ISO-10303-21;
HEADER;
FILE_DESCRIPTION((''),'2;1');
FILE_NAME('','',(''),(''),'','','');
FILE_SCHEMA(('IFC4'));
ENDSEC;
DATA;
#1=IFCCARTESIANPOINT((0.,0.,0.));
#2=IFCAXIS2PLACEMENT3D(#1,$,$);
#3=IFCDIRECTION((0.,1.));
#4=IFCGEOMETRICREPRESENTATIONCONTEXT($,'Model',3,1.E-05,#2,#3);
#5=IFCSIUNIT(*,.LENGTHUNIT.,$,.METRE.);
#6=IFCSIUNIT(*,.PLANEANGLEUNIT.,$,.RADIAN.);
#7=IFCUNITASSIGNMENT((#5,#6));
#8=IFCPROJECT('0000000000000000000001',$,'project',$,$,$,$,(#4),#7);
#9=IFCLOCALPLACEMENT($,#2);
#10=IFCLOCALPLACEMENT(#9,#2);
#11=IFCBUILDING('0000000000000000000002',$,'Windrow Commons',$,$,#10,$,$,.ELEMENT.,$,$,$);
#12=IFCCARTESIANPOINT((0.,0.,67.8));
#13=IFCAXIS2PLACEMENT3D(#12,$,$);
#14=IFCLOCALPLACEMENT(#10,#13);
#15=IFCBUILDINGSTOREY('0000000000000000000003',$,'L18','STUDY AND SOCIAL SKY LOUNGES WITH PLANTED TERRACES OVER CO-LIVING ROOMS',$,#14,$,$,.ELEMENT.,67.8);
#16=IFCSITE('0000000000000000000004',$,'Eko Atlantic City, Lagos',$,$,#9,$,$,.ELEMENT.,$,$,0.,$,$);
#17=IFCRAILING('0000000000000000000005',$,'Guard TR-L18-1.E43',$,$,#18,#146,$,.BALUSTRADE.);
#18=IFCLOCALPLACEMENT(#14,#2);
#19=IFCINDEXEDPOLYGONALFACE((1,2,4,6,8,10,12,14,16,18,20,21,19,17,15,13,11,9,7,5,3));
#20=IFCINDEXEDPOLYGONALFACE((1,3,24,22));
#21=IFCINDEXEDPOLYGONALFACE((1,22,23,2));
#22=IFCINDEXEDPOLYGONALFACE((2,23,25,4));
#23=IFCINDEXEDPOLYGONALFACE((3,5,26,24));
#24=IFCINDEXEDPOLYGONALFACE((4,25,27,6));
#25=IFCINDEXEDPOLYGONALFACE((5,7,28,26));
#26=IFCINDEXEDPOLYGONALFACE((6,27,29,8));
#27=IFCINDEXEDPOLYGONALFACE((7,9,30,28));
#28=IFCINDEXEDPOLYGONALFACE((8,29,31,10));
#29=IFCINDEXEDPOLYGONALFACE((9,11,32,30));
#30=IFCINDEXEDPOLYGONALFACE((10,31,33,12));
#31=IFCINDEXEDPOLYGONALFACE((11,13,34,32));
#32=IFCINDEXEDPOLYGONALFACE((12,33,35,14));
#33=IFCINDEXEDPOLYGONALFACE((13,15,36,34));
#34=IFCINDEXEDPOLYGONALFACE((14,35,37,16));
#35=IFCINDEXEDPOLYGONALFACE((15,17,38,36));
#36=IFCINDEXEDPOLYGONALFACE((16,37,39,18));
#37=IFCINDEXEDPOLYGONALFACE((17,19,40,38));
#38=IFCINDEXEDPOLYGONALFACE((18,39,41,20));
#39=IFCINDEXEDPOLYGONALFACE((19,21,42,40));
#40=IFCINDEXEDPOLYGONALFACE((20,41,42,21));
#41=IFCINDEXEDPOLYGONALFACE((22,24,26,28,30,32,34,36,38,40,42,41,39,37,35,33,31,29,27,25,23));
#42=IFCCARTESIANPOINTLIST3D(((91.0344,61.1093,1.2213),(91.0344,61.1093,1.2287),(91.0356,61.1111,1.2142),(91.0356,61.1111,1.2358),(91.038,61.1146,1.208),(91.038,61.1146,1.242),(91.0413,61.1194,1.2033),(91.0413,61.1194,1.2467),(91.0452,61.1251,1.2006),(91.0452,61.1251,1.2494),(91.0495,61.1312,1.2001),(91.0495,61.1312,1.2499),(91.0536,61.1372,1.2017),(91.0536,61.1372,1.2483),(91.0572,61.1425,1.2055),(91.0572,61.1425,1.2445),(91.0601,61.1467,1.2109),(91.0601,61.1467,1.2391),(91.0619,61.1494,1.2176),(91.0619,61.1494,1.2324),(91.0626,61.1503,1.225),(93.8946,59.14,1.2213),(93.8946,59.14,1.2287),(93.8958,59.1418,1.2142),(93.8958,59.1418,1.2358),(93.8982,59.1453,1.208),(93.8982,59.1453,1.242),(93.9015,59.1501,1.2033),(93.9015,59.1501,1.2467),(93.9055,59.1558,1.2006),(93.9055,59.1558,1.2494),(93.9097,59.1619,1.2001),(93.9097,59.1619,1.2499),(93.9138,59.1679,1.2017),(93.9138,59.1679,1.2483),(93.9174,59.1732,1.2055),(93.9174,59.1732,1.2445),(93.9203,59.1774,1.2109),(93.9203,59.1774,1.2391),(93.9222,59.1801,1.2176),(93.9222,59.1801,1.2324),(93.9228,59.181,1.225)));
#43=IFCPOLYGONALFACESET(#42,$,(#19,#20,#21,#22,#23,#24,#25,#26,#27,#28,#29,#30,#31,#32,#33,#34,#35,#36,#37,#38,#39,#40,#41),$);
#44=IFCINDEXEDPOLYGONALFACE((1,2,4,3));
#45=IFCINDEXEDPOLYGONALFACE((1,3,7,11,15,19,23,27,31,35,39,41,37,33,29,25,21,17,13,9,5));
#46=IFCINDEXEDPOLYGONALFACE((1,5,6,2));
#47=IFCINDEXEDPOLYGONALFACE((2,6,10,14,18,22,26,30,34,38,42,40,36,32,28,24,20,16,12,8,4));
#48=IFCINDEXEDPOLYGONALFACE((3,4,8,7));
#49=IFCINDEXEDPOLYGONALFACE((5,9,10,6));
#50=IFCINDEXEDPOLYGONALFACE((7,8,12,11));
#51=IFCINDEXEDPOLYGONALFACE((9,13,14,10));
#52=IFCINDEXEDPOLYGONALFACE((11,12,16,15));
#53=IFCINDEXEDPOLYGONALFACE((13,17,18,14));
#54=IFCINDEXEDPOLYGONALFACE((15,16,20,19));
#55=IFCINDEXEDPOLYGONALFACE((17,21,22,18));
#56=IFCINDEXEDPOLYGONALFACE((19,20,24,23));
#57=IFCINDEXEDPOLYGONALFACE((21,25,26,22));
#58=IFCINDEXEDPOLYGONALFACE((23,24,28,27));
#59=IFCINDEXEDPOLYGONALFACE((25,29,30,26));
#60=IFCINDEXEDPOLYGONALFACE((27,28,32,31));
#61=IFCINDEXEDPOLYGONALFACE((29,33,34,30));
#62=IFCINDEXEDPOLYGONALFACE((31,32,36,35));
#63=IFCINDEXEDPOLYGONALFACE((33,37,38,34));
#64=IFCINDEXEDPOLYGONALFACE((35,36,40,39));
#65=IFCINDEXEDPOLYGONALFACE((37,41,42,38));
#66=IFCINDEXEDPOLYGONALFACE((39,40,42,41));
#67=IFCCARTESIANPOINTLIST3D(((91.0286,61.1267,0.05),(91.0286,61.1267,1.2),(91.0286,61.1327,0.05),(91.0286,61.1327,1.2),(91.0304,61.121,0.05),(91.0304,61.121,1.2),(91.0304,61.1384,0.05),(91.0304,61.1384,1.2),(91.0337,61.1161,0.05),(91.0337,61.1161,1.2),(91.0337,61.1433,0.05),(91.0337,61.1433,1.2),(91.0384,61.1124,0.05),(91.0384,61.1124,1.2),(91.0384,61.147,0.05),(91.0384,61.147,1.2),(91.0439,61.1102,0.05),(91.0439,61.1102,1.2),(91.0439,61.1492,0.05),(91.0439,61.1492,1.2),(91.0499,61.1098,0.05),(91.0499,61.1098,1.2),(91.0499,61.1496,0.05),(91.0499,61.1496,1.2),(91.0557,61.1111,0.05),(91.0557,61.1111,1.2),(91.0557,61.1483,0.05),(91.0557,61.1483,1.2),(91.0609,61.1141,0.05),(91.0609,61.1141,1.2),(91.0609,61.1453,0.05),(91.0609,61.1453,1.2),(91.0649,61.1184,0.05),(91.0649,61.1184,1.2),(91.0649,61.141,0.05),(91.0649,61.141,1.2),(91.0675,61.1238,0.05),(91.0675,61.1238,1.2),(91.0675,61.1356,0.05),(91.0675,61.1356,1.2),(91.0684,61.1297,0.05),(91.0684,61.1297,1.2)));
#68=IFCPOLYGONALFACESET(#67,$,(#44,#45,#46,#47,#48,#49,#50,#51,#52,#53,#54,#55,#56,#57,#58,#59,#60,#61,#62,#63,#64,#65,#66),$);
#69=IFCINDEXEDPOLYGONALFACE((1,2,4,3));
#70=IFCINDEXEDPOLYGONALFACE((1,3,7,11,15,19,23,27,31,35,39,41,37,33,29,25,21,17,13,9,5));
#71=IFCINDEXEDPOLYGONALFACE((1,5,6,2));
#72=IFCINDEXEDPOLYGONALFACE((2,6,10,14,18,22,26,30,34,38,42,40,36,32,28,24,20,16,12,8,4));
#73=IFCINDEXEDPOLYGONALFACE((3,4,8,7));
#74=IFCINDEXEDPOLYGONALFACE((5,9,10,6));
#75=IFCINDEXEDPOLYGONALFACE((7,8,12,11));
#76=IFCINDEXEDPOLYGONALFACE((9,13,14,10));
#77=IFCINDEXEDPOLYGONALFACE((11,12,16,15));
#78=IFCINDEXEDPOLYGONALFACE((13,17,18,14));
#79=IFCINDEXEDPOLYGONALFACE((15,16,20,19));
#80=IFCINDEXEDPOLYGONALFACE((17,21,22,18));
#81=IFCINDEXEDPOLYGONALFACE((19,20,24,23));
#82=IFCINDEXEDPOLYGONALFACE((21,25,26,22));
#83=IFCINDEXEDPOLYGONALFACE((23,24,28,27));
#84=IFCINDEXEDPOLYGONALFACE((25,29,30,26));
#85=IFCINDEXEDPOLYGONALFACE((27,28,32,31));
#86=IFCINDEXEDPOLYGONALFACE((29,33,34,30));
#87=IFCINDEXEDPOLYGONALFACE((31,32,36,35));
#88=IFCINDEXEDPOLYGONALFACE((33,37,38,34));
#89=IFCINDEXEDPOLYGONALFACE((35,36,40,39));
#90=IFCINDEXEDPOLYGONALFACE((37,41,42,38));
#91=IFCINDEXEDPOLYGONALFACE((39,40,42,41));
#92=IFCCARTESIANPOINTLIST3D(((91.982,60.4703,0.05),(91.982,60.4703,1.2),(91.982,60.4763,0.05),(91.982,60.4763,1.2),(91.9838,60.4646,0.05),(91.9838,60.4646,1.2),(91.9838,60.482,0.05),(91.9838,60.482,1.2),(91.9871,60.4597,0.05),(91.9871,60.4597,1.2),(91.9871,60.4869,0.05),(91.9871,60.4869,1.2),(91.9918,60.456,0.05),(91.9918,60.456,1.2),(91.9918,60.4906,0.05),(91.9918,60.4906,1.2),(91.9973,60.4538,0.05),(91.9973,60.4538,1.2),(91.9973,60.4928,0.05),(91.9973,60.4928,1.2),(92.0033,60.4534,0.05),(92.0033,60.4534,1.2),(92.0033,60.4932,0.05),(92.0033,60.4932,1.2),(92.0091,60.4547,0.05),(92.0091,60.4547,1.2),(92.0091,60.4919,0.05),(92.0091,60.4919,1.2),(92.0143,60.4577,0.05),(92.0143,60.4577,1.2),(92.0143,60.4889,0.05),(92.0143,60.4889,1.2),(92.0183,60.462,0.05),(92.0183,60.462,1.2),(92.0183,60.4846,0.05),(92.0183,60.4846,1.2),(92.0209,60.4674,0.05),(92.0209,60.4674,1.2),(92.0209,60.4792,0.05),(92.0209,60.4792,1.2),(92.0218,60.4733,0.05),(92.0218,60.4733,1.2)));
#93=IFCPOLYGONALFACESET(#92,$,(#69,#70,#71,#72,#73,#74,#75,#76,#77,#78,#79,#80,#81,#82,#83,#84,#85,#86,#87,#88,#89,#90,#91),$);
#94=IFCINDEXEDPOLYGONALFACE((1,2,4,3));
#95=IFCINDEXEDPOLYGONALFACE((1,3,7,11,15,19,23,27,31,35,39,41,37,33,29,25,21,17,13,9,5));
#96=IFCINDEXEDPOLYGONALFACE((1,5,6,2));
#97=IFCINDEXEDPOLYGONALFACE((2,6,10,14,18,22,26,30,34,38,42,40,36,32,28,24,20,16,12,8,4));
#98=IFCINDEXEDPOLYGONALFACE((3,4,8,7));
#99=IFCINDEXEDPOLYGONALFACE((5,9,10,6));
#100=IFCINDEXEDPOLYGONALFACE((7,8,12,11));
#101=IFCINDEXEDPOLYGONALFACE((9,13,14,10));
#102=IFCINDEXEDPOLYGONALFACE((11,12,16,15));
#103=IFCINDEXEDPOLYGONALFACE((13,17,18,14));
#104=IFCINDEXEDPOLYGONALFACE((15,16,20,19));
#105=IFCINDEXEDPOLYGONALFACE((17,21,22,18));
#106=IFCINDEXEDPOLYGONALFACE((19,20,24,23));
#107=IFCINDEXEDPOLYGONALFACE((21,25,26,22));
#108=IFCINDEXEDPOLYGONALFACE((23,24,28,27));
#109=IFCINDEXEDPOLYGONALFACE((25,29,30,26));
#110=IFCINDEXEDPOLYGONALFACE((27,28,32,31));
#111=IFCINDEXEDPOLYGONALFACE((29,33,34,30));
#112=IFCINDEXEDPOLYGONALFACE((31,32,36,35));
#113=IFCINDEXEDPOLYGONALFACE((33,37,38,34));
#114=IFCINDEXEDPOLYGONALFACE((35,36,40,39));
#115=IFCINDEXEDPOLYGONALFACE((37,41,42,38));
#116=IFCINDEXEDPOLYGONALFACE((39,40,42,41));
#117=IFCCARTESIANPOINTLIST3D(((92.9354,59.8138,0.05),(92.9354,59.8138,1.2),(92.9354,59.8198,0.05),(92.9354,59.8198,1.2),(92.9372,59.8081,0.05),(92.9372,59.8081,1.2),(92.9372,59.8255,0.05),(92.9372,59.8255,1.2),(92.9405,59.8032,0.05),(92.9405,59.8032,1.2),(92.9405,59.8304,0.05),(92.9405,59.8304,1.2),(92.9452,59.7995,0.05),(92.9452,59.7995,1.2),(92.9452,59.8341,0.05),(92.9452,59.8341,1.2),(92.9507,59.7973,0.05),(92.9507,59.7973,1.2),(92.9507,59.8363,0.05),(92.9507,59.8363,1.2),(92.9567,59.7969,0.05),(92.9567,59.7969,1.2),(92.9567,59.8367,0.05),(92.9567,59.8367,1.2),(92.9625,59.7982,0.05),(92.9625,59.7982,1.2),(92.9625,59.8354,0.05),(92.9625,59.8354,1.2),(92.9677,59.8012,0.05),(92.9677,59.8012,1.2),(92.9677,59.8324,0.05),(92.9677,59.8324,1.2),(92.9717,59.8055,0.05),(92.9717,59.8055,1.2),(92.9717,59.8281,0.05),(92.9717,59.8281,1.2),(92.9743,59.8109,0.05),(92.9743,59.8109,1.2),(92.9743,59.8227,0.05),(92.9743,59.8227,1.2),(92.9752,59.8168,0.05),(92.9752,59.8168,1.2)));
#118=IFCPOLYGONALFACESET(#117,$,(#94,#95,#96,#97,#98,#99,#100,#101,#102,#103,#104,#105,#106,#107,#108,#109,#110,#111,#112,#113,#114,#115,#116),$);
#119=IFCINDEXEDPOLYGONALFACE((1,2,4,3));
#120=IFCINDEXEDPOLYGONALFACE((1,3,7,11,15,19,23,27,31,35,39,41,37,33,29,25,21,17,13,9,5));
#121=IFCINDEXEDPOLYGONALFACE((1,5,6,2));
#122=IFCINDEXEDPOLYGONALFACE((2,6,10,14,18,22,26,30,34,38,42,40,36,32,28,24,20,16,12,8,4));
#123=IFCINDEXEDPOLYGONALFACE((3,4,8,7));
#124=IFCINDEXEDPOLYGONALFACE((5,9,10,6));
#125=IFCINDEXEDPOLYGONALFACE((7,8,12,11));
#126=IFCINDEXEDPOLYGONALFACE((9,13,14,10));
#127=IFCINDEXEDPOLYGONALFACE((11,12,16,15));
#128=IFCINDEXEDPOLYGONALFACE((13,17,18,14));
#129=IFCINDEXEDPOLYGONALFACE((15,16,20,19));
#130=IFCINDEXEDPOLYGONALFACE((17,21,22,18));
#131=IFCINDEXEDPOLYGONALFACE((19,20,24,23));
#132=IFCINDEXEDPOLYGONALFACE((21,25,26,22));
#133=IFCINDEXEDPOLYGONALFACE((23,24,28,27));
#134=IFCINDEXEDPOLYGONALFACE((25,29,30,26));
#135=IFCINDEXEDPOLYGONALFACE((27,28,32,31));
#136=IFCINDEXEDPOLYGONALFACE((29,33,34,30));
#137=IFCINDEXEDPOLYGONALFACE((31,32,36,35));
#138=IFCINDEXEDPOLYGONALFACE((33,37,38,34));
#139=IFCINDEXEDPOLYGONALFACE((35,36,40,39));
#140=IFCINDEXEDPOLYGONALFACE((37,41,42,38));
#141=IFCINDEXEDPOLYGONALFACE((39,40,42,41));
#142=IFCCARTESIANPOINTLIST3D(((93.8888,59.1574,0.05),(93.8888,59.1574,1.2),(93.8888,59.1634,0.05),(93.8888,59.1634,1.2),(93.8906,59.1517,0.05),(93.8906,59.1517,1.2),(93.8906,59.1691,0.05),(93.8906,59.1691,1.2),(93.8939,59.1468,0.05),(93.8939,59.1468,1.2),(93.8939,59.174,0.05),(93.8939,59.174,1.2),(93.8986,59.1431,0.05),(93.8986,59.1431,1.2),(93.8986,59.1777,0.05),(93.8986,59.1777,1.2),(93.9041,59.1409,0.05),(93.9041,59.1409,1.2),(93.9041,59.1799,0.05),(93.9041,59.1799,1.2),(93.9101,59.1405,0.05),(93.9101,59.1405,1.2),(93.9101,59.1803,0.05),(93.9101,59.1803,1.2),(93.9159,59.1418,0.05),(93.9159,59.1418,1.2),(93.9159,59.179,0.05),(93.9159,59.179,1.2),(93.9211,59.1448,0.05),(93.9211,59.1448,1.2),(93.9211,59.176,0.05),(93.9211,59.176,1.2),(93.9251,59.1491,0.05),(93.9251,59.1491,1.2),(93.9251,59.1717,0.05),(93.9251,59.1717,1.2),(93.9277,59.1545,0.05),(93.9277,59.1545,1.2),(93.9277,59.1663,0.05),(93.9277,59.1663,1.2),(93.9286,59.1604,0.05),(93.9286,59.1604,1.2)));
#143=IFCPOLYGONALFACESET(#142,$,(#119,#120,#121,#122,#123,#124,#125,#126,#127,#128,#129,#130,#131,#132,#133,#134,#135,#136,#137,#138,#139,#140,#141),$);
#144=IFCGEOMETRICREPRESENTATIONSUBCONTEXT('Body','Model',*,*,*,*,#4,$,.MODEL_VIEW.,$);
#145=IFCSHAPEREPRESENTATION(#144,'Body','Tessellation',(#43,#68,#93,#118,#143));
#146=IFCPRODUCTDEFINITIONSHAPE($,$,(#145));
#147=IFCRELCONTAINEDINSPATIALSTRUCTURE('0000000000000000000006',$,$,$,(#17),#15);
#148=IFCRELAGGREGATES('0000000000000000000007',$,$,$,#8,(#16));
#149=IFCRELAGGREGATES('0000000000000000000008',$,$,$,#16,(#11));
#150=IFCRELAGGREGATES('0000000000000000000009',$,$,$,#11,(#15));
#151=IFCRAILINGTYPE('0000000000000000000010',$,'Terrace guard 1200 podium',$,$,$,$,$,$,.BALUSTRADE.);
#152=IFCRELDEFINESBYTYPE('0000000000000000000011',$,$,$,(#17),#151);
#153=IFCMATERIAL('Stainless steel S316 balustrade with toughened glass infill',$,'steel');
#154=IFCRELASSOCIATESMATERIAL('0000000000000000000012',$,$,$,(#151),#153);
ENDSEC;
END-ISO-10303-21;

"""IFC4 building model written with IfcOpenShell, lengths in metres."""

from ifc_helpers import new_model, si_unit, direction, frame, origin, origin_2d, place, context, subcontext, project, spatial, circle, extrude, material, type_object, element, save


model = new_model("IFC4")

# Units and contexts
model_context = context("Model", 3, precision=1e-05, world=origin(), true_north=direction((0.0, 1.0)))
body_context = subcontext(model_context, "Body", "Model", "MODEL_VIEW")
ifc_project = project(units=[si_unit("LENGTHUNIT", "METRE"), si_unit("PLANEANGLEUNIT", "RADIAN")], contexts=[model_context])

# Site, building, storey
site_placement = place(None, origin())
site = spatial("IfcSite", under=ifc_project, at=site_placement, Name="Eko Atlantic City, Lagos", CompositionType="ELEMENT", RefElevation=0.0)
building_placement = place(site_placement, origin())
building = spatial("IfcBuilding", under=site, at=building_placement, Name="Windrow Commons", CompositionType="ELEMENT")
storey_placement = place(building_placement, frame((0.0, 0.0, 67.8)))
storey = spatial("IfcBuildingStorey", under=building, at=storey_placement, Name="L18", Description="STUDY AND SOCIAL SKY LOUNGES WITH PLANTED TERRACES OVER CO-LIVING ROOMS", CompositionType="ELEMENT", Elevation=67.8)

# Railing
ifc_material_1 = material(Name="Stainless steel S316 balustrade with toughened glass infill", Category="steel")
railing_type_1 = type_object("IfcRailingType", Name="Terrace guard 1200 podium", PredefinedType="BALUSTRADE", material=ifc_material_1)
railing_1_placement = place(storey_placement, frame((91.0484, 61.1297, 0.05)))
element("IfcRailing", 1, at=railing_1_placement, inside=storey, type_object=railing_type_1, Name="Guard TR-L18-1.E43", PredefinedType="BALUSTRADE", context=body_context, shape_type="SweptSolid", body=[
    extrude(circle(Radius=0.025, at=origin_2d()), frame((0.0, 0.0, 1.175), z_axis=(0.82365, -0.567098, 0.0), x_axis=(0.567098, 0.82365, 0.0)), (0.0, 0.0, 1.0), 3.4726),
    extrude(circle(Radius=0.02, at=origin_2d()), origin(), (0.0, 0.0, 1.0), 1.15),
    extrude(circle(Radius=0.02, at=origin_2d()), frame((0.9534, -0.6564, 0.0)), (0.0, 0.0, 1.0), 1.15),
    extrude(circle(Radius=0.02, at=origin_2d()), frame((1.9068, -1.3129, 0.0)), (0.0, 0.0, 1.0), 1.15),
    extrude(circle(Radius=0.02, at=origin_2d()), frame((2.8602, -1.9693, 0.0)), (0.0, 0.0, 1.0), 1.15),
])

save(model, "model.ifc")
